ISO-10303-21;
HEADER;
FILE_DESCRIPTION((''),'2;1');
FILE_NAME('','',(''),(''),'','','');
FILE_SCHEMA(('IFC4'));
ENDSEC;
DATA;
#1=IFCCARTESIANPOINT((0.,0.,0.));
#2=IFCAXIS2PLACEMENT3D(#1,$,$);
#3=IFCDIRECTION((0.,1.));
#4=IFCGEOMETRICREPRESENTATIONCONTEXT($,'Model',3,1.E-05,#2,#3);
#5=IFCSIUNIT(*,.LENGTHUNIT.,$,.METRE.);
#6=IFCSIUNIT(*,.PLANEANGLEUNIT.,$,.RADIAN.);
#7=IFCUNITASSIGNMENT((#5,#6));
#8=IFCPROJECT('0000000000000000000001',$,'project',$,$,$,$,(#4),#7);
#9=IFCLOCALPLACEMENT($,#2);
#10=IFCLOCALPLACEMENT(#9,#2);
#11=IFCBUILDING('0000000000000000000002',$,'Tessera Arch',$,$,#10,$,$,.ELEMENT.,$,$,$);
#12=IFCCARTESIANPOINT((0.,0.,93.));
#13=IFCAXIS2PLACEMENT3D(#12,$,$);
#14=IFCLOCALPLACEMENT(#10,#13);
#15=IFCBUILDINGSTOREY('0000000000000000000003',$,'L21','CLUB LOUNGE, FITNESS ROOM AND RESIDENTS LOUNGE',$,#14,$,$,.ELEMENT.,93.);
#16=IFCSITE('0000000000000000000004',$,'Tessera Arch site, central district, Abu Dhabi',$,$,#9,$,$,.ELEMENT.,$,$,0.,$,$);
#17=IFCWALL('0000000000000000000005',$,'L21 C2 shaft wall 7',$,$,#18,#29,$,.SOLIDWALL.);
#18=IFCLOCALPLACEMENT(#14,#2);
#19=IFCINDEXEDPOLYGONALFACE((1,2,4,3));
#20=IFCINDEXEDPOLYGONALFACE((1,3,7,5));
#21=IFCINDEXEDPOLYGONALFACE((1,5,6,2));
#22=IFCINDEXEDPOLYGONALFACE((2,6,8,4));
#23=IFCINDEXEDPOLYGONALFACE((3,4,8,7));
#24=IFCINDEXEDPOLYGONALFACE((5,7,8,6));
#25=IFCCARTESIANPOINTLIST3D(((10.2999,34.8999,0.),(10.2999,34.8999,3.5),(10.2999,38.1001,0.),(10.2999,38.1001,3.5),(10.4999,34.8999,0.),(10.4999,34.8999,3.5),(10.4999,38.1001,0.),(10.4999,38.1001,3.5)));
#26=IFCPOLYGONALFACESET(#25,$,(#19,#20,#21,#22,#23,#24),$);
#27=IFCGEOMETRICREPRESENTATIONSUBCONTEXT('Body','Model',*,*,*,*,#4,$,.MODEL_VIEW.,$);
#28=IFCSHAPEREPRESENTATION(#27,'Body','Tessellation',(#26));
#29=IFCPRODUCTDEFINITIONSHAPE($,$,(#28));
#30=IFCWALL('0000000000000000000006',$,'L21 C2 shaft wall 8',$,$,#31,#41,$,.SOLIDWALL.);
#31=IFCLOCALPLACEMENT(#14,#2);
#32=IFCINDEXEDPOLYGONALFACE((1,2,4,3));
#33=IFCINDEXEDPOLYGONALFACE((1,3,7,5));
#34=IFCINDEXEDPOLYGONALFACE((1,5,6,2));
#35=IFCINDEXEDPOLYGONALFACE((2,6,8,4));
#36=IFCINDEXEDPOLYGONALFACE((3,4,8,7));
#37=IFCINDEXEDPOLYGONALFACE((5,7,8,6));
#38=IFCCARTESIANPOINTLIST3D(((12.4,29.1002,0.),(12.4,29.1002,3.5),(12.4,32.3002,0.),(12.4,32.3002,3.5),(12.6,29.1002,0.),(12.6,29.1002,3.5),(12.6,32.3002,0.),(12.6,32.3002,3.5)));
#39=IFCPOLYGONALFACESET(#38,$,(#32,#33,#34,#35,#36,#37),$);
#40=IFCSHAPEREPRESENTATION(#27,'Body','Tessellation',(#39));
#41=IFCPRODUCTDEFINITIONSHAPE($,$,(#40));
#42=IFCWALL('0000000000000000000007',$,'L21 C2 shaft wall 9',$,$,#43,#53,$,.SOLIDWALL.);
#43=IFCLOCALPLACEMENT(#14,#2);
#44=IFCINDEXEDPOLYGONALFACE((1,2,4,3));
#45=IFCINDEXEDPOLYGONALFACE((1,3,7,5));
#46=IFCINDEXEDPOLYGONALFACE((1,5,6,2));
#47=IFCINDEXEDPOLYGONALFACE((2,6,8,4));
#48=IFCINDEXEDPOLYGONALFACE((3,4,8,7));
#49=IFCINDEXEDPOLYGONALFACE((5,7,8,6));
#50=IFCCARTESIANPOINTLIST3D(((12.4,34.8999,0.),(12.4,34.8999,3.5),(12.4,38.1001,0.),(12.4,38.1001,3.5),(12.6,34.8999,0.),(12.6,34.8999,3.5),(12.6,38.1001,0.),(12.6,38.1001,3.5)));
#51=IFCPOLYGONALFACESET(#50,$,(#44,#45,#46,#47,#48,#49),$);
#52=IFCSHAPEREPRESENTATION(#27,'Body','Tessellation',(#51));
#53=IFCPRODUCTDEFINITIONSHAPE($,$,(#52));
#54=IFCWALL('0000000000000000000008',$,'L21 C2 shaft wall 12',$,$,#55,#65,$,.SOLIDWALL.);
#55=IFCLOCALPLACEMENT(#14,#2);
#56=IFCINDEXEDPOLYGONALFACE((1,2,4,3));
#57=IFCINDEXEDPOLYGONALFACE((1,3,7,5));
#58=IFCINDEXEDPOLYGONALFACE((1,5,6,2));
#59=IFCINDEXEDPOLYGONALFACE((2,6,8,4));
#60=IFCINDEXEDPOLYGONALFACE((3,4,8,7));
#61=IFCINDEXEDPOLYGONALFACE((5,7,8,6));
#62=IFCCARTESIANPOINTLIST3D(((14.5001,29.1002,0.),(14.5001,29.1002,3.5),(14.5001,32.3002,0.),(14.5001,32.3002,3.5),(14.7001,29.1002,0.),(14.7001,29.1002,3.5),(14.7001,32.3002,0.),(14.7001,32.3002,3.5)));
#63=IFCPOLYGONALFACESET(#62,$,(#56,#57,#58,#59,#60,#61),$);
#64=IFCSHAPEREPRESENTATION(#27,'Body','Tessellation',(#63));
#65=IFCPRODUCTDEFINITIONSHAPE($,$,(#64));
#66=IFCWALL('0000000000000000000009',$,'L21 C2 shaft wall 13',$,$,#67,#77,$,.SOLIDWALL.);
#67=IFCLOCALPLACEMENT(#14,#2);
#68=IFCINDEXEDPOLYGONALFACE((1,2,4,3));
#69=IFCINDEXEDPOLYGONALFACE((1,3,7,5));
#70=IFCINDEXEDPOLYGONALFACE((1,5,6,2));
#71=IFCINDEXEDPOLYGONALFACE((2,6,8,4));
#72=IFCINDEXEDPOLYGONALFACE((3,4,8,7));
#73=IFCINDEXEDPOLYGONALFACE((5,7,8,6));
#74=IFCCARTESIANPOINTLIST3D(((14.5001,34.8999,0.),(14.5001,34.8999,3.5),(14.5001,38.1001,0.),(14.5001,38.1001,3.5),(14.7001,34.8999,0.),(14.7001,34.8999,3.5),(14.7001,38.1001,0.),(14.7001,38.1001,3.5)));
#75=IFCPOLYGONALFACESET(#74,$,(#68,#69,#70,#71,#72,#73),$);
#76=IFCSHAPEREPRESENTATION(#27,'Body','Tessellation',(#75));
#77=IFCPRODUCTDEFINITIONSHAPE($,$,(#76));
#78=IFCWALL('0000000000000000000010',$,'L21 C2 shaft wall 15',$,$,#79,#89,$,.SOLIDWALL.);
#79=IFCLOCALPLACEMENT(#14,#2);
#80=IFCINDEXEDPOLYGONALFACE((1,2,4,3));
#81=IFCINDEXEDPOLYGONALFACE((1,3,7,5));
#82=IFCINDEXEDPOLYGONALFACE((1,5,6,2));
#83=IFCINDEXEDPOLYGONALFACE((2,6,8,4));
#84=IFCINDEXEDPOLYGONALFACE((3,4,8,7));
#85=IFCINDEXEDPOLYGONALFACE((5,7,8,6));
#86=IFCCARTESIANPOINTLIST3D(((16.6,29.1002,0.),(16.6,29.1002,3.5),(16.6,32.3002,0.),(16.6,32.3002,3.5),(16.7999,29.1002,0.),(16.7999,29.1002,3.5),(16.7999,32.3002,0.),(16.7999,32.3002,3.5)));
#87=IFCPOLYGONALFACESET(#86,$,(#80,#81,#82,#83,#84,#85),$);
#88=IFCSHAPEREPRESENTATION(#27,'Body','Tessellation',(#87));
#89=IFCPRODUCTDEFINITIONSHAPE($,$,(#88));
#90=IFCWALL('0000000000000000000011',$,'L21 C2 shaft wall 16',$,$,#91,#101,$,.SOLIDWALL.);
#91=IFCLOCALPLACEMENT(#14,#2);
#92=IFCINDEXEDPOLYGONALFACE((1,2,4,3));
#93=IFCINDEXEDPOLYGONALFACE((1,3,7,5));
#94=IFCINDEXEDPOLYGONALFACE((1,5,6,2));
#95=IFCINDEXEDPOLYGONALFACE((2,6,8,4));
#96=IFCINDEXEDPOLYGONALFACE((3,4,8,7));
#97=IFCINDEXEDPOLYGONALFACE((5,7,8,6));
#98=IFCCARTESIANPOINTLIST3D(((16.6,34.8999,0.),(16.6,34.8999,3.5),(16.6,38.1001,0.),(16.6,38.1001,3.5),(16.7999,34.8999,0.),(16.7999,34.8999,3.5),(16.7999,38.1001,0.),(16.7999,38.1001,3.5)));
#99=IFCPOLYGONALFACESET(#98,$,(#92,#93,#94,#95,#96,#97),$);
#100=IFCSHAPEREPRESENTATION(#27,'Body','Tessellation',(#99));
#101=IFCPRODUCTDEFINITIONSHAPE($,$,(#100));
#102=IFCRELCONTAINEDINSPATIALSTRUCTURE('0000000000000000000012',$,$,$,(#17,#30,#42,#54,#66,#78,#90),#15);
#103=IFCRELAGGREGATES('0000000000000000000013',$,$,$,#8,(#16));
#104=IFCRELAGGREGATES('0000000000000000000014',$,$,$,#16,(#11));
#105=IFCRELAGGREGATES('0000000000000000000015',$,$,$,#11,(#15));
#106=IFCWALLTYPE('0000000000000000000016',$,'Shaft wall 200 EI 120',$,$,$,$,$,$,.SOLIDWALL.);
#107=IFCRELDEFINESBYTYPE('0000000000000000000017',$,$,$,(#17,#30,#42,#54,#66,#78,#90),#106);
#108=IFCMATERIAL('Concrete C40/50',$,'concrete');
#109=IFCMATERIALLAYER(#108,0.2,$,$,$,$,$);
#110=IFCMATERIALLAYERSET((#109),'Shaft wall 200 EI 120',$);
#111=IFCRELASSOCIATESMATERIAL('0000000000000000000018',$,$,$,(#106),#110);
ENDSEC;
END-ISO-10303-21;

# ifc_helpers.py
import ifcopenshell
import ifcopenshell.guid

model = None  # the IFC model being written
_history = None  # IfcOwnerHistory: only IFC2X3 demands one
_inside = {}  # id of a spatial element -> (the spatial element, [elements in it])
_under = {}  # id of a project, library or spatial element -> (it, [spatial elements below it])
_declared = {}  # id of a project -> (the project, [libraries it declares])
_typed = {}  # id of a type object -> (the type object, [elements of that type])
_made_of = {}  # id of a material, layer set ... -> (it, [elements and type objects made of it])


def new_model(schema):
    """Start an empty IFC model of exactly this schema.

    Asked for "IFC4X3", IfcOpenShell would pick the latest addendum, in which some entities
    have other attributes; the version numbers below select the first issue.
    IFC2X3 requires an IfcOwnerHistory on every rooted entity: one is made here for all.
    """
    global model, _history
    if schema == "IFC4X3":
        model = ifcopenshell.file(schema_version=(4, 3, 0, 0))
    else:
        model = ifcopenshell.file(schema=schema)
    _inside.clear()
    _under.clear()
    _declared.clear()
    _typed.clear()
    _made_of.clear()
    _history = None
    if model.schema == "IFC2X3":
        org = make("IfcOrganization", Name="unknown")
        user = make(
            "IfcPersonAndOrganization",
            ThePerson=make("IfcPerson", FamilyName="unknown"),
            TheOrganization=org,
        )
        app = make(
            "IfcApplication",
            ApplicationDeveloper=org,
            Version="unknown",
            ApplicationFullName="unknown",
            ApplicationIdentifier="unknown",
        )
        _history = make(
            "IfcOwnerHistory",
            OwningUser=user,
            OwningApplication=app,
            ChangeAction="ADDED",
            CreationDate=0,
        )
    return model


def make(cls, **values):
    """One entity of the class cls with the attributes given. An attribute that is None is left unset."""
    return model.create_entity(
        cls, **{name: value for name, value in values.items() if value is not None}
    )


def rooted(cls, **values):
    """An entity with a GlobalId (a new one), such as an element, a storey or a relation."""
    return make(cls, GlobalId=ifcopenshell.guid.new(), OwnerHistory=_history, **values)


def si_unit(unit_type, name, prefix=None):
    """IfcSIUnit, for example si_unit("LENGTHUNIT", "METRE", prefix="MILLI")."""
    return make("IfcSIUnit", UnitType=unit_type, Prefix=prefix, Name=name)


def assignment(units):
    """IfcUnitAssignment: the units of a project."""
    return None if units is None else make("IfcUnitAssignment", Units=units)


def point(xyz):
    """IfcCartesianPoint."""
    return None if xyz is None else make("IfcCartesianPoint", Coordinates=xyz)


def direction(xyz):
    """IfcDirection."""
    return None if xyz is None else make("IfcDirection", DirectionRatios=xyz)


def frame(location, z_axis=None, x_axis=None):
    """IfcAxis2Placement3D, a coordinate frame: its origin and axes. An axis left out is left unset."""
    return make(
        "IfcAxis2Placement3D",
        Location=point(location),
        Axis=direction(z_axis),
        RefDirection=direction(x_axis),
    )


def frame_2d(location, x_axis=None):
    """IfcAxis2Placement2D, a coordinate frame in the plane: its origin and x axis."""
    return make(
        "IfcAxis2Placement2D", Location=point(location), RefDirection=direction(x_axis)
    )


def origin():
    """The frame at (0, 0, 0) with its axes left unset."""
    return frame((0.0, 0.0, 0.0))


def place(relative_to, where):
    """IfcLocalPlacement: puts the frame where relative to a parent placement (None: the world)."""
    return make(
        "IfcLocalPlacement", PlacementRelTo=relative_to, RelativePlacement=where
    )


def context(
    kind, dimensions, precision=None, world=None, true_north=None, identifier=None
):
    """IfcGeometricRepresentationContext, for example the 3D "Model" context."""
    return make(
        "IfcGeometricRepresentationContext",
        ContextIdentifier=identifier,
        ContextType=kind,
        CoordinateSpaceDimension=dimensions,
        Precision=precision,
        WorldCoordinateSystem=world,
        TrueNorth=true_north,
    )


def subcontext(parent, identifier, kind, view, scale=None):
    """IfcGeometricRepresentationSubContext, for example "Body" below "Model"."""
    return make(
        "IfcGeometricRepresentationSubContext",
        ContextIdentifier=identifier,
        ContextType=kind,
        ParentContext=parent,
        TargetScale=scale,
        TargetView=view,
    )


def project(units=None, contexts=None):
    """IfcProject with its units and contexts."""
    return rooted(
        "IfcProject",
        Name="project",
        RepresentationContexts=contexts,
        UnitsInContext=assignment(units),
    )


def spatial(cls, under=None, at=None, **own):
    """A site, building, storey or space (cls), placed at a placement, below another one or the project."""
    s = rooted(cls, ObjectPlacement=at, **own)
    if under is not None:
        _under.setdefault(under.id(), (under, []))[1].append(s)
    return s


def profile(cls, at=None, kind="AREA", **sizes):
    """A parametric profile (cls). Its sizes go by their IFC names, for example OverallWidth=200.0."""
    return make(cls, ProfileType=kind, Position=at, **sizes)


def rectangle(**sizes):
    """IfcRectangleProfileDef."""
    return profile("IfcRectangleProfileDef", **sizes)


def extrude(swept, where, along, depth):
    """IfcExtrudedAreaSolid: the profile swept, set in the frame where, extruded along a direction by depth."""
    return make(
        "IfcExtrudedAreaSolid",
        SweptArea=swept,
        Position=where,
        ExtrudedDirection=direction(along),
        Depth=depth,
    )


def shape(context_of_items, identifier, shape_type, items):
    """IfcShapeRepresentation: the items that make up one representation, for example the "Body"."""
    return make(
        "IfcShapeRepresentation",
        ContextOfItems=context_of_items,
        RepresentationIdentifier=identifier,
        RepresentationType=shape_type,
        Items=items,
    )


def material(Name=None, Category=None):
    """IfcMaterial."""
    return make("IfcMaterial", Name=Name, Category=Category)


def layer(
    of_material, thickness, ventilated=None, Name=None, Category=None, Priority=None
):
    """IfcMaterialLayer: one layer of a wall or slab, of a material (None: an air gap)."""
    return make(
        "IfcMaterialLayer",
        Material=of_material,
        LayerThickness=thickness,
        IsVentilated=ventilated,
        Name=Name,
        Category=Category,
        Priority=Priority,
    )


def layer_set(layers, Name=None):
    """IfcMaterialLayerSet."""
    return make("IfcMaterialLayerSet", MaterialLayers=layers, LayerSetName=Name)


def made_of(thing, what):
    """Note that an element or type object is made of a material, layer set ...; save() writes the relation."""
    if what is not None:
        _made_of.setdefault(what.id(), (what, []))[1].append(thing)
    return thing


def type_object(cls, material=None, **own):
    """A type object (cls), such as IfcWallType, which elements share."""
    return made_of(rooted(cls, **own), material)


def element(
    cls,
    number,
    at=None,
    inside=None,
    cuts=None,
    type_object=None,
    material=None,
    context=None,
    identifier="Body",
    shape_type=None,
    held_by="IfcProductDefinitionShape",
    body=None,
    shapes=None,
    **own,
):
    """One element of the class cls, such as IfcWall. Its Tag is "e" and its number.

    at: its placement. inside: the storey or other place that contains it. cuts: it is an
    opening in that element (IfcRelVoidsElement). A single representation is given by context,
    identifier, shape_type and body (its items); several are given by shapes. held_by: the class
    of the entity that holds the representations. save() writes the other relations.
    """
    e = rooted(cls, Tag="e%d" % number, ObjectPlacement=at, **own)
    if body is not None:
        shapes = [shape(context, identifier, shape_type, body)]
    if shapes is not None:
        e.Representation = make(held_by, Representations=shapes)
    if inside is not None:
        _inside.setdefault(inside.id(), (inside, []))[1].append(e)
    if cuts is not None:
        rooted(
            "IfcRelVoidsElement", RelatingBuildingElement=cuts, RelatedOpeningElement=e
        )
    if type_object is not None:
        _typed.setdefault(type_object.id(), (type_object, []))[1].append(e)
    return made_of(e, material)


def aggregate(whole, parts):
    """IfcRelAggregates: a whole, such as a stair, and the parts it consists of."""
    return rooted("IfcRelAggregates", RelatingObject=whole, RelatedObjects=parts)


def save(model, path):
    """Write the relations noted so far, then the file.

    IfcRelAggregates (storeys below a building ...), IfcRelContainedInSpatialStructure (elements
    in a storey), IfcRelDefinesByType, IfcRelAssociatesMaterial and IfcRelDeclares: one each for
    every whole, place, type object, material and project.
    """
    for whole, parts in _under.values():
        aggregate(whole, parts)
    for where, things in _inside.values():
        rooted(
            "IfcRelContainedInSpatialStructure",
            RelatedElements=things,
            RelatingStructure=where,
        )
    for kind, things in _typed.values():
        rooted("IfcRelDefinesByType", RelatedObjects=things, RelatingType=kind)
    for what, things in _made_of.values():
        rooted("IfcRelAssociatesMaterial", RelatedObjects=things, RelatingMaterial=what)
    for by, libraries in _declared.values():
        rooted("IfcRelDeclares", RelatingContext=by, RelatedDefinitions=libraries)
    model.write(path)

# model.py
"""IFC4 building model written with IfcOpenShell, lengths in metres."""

from ifc_helpers import new_model, si_unit, direction, frame, frame_2d, origin, place, context, subcontext, project, spatial, rectangle, extrude, material, layer, layer_set, type_object, element, save


model = new_model("IFC4")

# Units and contexts
model_context = context("Model", 3, precision=1e-05, world=origin(), true_north=direction((0.0, 1.0)))
body_context = subcontext(model_context, "Body", "Model", "MODEL_VIEW")
ifc_project = project(units=[si_unit("LENGTHUNIT", "METRE"), si_unit("PLANEANGLEUNIT", "RADIAN")], contexts=[model_context])

# Site, building, storey
site_placement = place(None, origin())
site = spatial("IfcSite", under=ifc_project, at=site_placement, Name="Tessera Arch site, central district, Abu Dhabi", CompositionType="ELEMENT", RefElevation=0.0)
building_placement = place(site_placement, origin())
building = spatial("IfcBuilding", under=site, at=building_placement, Name="Tessera Arch", CompositionType="ELEMENT")
storey_placement = place(building_placement, frame((0.0, 0.0, 93.0)))
storey = spatial("IfcBuildingStorey", under=building, at=storey_placement, Name="L21", Description="CLUB LOUNGE, FITNESS ROOM AND RESIDENTS LOUNGE", CompositionType="ELEMENT", Elevation=93.0)

# Walls
ifc_material_1 = material(Name="Concrete C40/50", Category="concrete")
ifc_layer_1 = layer(ifc_material_1, 0.2)
ifc_layer_set_1 = layer_set([ifc_layer_1], Name="Shaft wall 200 EI 120")
wall_type_1 = type_object("IfcWallType", Name="Shaft wall 200 EI 120", PredefinedType="SOLIDWALL", material=ifc_layer_set_1)
wall_1_placement = place(storey_placement, frame((10.3999, 34.8999, 0.0), z_axis=(0.0, 0.0, 1.0), x_axis=(0.0, 1.0, 0.0)))
element("IfcWall", 1, at=wall_1_placement, inside=storey, type_object=wall_type_1, Name="L21 C2 shaft wall 7", PredefinedType="SOLIDWALL", context=body_context, shape_type="SweptSolid", body=[
    extrude(rectangle(XDim=3.2002, YDim=0.2, at=frame_2d((1.6001, 0.0))), origin(), (0.0, 0.0, 1.0), 3.5),
])
wall_2_placement = place(storey_placement, frame((12.5, 29.1001, 0.0), z_axis=(0.0, 0.0, 1.0), x_axis=(0.0, 1.0, 0.0)))
element("IfcWall", 2, at=wall_2_placement, inside=storey, type_object=wall_type_1, Name="L21 C2 shaft wall 8", PredefinedType="SOLIDWALL", context=body_context, shape_type="SweptSolid", body=[
    extrude(rectangle(XDim=3.2, YDim=0.2, at=frame_2d((1.6001, 0.0))), origin(), (0.0, 0.0, 1.0), 3.5),
])
wall_3_placement = place(storey_placement, frame((12.5, 34.8999, 0.0), z_axis=(0.0, 0.0, 1.0), x_axis=(0.0, 1.0, 0.0)))
element("IfcWall", 3, at=wall_3_placement, inside=storey, type_object=wall_type_1, Name="L21 C2 shaft wall 9", PredefinedType="SOLIDWALL", context=body_context, shape_type="SweptSolid", body=[
    extrude(rectangle(XDim=3.2002, YDim=0.2, at=frame_2d((1.6001, 0.0))), origin(), (0.0, 0.0, 1.0), 3.5),
])
wall_4_placement = place(storey_placement, frame((14.6001, 29.1001, 0.0), z_axis=(0.0, 0.0, 1.0), x_axis=(0.0, 1.0, 0.0)))
element("IfcWall", 4, at=wall_4_placement, inside=storey, type_object=wall_type_1, Name="L21 C2 shaft wall 12", PredefinedType="SOLIDWALL", context=body_context, shape_type="SweptSolid", body=[
    extrude(rectangle(XDim=3.2, YDim=0.2, at=frame_2d((1.6001, 0.0))), origin(), (0.0, 0.0, 1.0), 3.5),
])
wall_5_placement = place(storey_placement, frame((14.6001, 34.8999, 0.0), z_axis=(0.0, 0.0, 1.0), x_axis=(0.0, 1.0, 0.0)))
element("IfcWall", 5, at=wall_5_placement, inside=storey, type_object=wall_type_1, Name="L21 C2 shaft wall 13", PredefinedType="SOLIDWALL", context=body_context, shape_type="SweptSolid", body=[
    extrude(rectangle(XDim=3.2002, YDim=0.2, at=frame_2d((1.6001, 0.0))), origin(), (0.0, 0.0, 1.0), 3.5),
])
wall_6_placement = place(storey_placement, frame((16.7, 29.1001, 0.0), z_axis=(0.0, 0.0, 1.0), x_axis=(0.0, 1.0, 0.0)))
element("IfcWall", 6, at=wall_6_placement, inside=storey, type_object=wall_type_1, Name="L21 C2 shaft wall 15", PredefinedType="SOLIDWALL", context=body_context, shape_type="SweptSolid", body=[
    extrude(rectangle(XDim=3.2, YDim=0.2, at=frame_2d((1.6001, 0.0))), origin(), (0.0, 0.0, 1.0), 3.5),
])
wall_7_placement = place(storey_placement, frame((16.7, 34.8999, 0.0), z_axis=(0.0, 0.0, 1.0), x_axis=(0.0, 1.0, 0.0)))
element("IfcWall", 7, at=wall_7_placement, inside=storey, type_object=wall_type_1, Name="L21 C2 shaft wall 16", PredefinedType="SOLIDWALL", context=body_context, shape_type="SweptSolid", body=[
    extrude(rectangle(XDim=3.2002, YDim=0.2, at=frame_2d((1.6001, 0.0))), origin(), (0.0, 0.0, 1.0), 3.5),
])

save(model, "model.ifc")
